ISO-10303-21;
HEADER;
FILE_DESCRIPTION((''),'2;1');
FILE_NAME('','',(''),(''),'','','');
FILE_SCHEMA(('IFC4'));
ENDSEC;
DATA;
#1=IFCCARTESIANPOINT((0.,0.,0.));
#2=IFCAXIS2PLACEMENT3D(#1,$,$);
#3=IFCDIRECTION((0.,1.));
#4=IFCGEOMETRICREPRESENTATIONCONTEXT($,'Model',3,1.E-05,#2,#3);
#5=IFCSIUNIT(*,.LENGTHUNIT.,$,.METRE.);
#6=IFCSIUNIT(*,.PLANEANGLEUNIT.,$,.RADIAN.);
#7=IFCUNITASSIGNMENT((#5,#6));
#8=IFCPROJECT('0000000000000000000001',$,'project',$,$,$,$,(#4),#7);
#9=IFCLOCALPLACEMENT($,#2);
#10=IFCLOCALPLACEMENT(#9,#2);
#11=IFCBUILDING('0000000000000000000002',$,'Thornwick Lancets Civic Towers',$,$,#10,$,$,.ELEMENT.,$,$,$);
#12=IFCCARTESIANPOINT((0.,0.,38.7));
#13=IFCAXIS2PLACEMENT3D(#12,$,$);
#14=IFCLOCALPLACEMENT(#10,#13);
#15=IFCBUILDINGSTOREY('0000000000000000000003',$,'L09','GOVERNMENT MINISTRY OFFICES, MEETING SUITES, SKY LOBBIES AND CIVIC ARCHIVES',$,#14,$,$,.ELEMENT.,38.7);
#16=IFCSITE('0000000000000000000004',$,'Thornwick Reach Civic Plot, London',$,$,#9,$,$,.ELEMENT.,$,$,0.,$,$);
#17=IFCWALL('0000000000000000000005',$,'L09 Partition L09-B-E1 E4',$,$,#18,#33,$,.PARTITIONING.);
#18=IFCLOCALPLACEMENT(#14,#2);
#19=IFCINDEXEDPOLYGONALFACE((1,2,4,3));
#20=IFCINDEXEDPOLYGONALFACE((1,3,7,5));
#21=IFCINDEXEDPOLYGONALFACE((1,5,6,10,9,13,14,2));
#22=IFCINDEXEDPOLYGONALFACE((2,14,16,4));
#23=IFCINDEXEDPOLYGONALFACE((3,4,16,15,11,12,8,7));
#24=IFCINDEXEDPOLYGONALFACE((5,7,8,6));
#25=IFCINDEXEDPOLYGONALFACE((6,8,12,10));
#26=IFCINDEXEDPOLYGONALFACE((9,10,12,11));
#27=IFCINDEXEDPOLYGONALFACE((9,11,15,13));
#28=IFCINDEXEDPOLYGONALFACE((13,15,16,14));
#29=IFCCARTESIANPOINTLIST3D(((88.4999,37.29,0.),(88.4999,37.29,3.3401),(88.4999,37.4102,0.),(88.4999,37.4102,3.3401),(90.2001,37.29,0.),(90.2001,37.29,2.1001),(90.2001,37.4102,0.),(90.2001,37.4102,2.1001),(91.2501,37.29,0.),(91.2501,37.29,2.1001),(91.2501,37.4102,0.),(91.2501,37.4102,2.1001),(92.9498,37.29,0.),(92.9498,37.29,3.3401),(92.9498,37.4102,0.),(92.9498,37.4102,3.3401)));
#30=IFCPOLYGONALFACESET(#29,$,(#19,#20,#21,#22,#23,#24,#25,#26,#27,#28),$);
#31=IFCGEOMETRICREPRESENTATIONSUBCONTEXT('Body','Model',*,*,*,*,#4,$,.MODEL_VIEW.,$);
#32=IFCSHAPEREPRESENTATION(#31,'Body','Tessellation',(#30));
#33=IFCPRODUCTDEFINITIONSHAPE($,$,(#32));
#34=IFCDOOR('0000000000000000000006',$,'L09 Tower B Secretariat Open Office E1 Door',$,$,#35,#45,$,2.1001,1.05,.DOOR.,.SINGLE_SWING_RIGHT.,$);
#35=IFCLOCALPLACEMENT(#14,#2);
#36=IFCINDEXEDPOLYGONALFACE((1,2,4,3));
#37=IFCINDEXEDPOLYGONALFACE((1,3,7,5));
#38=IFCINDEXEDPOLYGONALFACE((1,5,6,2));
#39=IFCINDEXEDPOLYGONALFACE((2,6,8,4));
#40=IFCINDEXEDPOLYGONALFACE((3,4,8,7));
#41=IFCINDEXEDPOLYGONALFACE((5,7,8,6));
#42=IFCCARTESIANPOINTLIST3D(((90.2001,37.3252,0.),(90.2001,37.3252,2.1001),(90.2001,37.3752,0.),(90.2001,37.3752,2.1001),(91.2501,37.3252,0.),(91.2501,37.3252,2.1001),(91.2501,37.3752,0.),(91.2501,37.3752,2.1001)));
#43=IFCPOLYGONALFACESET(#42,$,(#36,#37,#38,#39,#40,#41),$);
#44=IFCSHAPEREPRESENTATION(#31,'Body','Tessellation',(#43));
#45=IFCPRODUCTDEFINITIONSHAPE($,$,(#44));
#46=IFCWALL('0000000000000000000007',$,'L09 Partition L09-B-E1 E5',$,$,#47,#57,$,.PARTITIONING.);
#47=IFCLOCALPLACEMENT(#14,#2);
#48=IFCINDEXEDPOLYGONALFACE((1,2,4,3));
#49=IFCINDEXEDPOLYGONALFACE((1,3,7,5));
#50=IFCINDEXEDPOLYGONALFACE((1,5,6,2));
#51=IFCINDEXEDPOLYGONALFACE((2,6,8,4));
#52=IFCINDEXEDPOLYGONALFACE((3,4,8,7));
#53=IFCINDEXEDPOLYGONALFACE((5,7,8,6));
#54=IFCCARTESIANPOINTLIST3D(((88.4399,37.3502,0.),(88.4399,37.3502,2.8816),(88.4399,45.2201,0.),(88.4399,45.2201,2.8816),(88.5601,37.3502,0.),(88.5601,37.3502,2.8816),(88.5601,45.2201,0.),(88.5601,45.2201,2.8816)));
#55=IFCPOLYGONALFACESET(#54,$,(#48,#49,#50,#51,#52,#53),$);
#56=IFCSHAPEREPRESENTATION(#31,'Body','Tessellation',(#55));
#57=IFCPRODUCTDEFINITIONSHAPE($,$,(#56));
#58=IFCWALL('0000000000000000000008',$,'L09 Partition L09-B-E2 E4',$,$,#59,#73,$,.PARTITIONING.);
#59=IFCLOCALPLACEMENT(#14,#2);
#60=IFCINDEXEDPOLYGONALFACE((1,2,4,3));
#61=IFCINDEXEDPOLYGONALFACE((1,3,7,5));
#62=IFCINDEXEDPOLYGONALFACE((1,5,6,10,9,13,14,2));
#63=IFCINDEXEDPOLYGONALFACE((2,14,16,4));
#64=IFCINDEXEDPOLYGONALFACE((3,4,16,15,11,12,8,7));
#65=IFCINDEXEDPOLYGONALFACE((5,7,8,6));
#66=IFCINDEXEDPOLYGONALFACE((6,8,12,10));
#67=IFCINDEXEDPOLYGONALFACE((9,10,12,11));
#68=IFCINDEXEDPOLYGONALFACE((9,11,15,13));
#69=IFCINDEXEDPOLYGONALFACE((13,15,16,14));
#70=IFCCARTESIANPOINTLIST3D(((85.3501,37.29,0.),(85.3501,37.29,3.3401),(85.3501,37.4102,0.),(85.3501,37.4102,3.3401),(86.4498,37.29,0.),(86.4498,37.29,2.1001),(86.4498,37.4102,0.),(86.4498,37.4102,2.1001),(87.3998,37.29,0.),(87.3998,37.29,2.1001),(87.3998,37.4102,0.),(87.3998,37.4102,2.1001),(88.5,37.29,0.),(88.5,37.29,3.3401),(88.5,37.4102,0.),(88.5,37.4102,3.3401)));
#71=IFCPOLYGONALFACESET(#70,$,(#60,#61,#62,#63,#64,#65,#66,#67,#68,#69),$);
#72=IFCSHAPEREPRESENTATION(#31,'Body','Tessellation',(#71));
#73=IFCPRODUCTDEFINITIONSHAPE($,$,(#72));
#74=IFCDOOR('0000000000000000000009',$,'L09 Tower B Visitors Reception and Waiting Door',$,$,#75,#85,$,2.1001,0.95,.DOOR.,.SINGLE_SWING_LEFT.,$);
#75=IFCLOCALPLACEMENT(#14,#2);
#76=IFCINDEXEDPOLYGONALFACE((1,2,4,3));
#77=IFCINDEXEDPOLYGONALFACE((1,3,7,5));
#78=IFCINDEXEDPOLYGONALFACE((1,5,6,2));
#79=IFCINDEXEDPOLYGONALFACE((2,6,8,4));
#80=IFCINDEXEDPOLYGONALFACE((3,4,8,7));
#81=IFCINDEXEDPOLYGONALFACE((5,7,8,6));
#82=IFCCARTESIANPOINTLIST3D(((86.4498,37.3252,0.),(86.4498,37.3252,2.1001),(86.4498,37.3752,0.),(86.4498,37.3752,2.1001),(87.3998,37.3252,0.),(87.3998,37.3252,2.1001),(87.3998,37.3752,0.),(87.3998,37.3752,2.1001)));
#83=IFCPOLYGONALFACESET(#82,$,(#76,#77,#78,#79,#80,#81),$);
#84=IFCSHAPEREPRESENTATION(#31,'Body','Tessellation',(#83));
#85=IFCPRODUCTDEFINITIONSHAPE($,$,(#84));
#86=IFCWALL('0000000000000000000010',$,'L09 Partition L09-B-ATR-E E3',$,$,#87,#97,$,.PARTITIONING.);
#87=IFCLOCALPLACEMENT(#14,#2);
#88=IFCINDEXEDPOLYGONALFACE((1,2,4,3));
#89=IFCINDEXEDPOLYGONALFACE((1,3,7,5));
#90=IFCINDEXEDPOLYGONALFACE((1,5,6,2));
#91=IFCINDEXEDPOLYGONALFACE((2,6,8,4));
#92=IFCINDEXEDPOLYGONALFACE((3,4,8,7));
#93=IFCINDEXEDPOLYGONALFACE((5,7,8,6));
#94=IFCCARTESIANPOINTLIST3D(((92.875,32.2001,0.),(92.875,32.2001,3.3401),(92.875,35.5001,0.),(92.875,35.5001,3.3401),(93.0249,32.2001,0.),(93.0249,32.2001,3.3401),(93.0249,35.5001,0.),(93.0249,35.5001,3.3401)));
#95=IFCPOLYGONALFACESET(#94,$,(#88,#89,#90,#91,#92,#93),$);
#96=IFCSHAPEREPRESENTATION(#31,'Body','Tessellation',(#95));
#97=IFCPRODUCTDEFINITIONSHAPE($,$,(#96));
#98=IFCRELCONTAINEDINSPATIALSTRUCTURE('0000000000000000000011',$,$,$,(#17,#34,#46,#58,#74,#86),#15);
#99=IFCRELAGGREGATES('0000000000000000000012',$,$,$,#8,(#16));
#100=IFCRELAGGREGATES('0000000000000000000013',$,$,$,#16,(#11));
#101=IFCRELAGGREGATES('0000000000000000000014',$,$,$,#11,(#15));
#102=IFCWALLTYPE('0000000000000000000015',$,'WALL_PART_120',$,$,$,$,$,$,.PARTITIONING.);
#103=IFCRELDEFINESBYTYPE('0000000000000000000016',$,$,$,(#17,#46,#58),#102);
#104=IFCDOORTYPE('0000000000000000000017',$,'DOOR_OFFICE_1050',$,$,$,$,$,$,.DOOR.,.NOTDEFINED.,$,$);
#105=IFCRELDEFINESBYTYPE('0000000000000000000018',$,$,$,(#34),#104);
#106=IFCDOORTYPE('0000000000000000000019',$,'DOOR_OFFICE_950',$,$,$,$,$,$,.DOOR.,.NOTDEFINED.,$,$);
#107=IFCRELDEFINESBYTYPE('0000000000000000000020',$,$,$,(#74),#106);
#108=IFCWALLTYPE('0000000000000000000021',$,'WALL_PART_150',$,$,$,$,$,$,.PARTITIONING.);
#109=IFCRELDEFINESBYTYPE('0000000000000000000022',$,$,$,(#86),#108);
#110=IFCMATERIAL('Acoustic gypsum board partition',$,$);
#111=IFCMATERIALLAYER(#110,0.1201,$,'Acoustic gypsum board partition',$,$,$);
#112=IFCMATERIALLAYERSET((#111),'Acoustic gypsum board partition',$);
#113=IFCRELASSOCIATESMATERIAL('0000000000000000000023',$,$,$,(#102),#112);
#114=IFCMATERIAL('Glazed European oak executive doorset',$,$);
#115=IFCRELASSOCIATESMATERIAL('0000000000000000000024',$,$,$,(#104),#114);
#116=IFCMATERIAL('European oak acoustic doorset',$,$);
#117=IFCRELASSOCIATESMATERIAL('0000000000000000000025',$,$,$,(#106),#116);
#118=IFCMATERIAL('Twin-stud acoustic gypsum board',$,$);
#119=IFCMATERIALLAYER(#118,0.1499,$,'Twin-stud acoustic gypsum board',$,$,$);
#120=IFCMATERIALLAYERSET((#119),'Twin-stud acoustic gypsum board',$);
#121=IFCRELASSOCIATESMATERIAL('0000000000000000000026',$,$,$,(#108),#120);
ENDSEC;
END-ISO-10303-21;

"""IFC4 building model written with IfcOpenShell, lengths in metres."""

from ifc_helpers import new_model, si_unit, direction, frame, frame_2d, origin, place, context, subcontext, project, spatial, rectangle, extrude, material, layer, layer_set, type_object, element, fill, save


model = new_model("IFC4")

# Units and contexts
model_context = context("Model", 3, precision=1e-05, world=origin(), true_north=direction((0.0, 1.0)))
body_context = subcontext(model_context, "Body", "Model", "MODEL_VIEW")
ifc_project = project(units=[si_unit("LENGTHUNIT", "METRE"), si_unit("PLANEANGLEUNIT", "RADIAN")], contexts=[model_context])

# Site, building, storey
site_placement = place(None, origin())
site = spatial("IfcSite", under=ifc_project, at=site_placement, Name="Thornwick Reach Civic Plot, London", CompositionType="ELEMENT", RefElevation=0.0)
building_placement = place(site_placement, origin())
building = spatial("IfcBuilding", under=site, at=building_placement, Name="Thornwick Lancets Civic Towers", CompositionType="ELEMENT")
storey_placement = place(building_placement, frame((0.0, 0.0, 38.7)))
storey = spatial("IfcBuildingStorey", under=building, at=storey_placement, Name="L09", Description="GOVERNMENT MINISTRY OFFICES, MEETING SUITES, SKY LOBBIES AND CIVIC ARCHIVES", CompositionType="ELEMENT", Elevation=38.7)

# Shared definitions
ifc_material_1 = material(Name="Acoustic gypsum board partition")
ifc_layer_1 = layer(ifc_material_1, 0.1201, Name="Acoustic gypsum board partition")
ifc_layer_set_1 = layer_set([ifc_layer_1], Name="Acoustic gypsum board partition")
wall_type_1 = type_object("IfcWallType", Name="WALL_PART_120", PredefinedType="PARTITIONING", material=ifc_layer_set_1)

# Wall, opening, door
wall_1_placement = place(storey_placement, frame((92.95, 37.3501, 0.0), z_axis=(0.0, 0.0, 1.0), x_axis=(-1.0, 0.0, 0.0)))
wall_1 = element("IfcWall", 1, at=wall_1_placement, inside=storey, type_object=wall_type_1, Name="L09 Partition L09-B-E1 E4", PredefinedType="PARTITIONING", context=body_context, shape_type="SweptSolid", body=[
    extrude(rectangle(XDim=4.45, YDim=0.1201, at=frame_2d((2.2251, 0.0))), origin(), (0.0, 0.0, 1.0), 3.3401),
])
opening_1_placement = place(wall_1_placement, frame((1.7, 0.0, 0.0)))
opening_1 = element("IfcOpeningElement", 2, at=opening_1_placement, cuts=wall_1, PredefinedType="OPENING", context=body_context, shape_type="SweptSolid", body=[
    extrude(rectangle(XDim=1.05, YDim=2.1001, at=frame_2d((0.5249, 1.05))), frame((0.0, 0.0701, 0.0), z_axis=(0.0, -1.0, 0.0), x_axis=(1.0, 0.0, 0.0)), (0.0, 0.0, 1.0), 0.1401),
])
ifc_material_2 = material(Name="Glazed European oak executive doorset")
door_type_1 = type_object("IfcDoorType", Name="DOOR_OFFICE_1050", OperationType="NOTDEFINED", PredefinedType="DOOR", material=ifc_material_2)
door_1_placement = place(opening_1_placement, origin())
door_1 = element("IfcDoor", 3, at=door_1_placement, inside=storey, type_object=door_type_1, Name="L09 Tower B Secretariat Open Office E1 Door", OperationType="SINGLE_SWING_RIGHT", OverallHeight=2.1001, OverallWidth=1.05, PredefinedType="DOOR", context=body_context, shape_type="SweptSolid", body=[
    extrude(rectangle(XDim=1.05, YDim=2.1001, at=frame_2d((0.5249, 1.05))), frame((0.0, 0.0249, 0.0), z_axis=(0.0, -1.0, 0.0), x_axis=(1.0, 0.0, 0.0)), (0.0, 0.0, 1.0), 0.05),
])
fill(opening_1, door_1)

# Wall
wall_2_placement = place(storey_placement, frame((88.5, 37.3501, 0.0), z_axis=(0.0, 0.0, 1.0), x_axis=(0.0, 1.0, 0.0)))
element("IfcWall", 4, at=wall_2_placement, inside=storey, type_object=wall_type_1, Name="L09 Partition L09-B-E1 E5", PredefinedType="PARTITIONING", context=body_context, shape_type="SweptSolid", body=[
    extrude(rectangle(XDim=7.8699, YDim=0.1201, at=frame_2d((3.9351, 0.0))), origin(), (0.0, 0.0, 1.0), 2.8816),
])

# Wall, opening, door
wall_3_placement = place(storey_placement, frame((88.5, 37.3501, 0.0), z_axis=(0.0, 0.0, 1.0), x_axis=(-1.0, 0.0, 0.0)))
wall_3 = element("IfcWall", 5, at=wall_3_placement, inside=storey, type_object=wall_type_1, Name="L09 Partition L09-B-E2 E4", PredefinedType="PARTITIONING", context=body_context, shape_type="SweptSolid", body=[
    extrude(rectangle(XDim=3.1499, YDim=0.1201, at=frame_2d((1.575, 0.0))), origin(), (0.0, 0.0, 1.0), 3.3401),
])
opening_2_placement = place(wall_3_placement, frame((1.1001, 0.0, 0.0)))
opening_2 = element("IfcOpeningElement", 6, at=opening_2_placement, cuts=wall_3, PredefinedType="OPENING", context=body_context, shape_type="SweptSolid", body=[
    extrude(rectangle(XDim=0.95, YDim=2.1001, at=frame_2d((0.4751, 1.05))), frame((0.0, 0.0701, 0.0), z_axis=(0.0, -1.0, 0.0), x_axis=(1.0, 0.0, 0.0)), (0.0, 0.0, 1.0), 0.1401),
])
ifc_material_3 = material(Name="European oak acoustic doorset")
door_type_2 = type_object("IfcDoorType", Name="DOOR_OFFICE_950", OperationType="NOTDEFINED", PredefinedType="DOOR", material=ifc_material_3)
door_2_placement = place(opening_2_placement, origin())
door_2 = element("IfcDoor", 7, at=door_2_placement, inside=storey, type_object=door_type_2, Name="L09 Tower B Visitors Reception and Waiting Door", OperationType="SINGLE_SWING_LEFT", OverallHeight=2.1001, OverallWidth=0.95, PredefinedType="DOOR", context=body_context, shape_type="SweptSolid", body=[
    extrude(rectangle(XDim=0.95, YDim=2.1001, at=frame_2d((0.4751, 1.05))), frame((0.0, 0.0249, 0.0), z_axis=(0.0, -1.0, 0.0), x_axis=(1.0, 0.0, 0.0)), (0.0, 0.0, 1.0), 0.05),
])
fill(opening_2, door_2)

# Wall
ifc_material_4 = material(Name="Twin-stud acoustic gypsum board")
ifc_layer_2 = layer(ifc_material_4, 0.1499, Name="Twin-stud acoustic gypsum board")
ifc_layer_set_2 = layer_set([ifc_layer_2], Name="Twin-stud acoustic gypsum board")
wall_type_2 = type_object("IfcWallType", Name="WALL_PART_150", PredefinedType="PARTITIONING", material=ifc_layer_set_2)
wall_4_placement = place(storey_placement, frame((92.95, 35.5, 0.0), z_axis=(0.0, 0.0, 1.0), x_axis=(0.0, -1.0, 0.0)))
element("IfcWall", 8, at=wall_4_placement, inside=storey, type_object=wall_type_2, Name="L09 Partition L09-B-ATR-E E3", PredefinedType="PARTITIONING", context=body_context, shape_type="SweptSolid", body=[
    extrude(rectangle(XDim=3.3, YDim=0.1499, at=frame_2d((1.6499, 0.0))), origin(), (0.0, 0.0, 1.0), 3.3401),
])

save(model, "model.ifc")
